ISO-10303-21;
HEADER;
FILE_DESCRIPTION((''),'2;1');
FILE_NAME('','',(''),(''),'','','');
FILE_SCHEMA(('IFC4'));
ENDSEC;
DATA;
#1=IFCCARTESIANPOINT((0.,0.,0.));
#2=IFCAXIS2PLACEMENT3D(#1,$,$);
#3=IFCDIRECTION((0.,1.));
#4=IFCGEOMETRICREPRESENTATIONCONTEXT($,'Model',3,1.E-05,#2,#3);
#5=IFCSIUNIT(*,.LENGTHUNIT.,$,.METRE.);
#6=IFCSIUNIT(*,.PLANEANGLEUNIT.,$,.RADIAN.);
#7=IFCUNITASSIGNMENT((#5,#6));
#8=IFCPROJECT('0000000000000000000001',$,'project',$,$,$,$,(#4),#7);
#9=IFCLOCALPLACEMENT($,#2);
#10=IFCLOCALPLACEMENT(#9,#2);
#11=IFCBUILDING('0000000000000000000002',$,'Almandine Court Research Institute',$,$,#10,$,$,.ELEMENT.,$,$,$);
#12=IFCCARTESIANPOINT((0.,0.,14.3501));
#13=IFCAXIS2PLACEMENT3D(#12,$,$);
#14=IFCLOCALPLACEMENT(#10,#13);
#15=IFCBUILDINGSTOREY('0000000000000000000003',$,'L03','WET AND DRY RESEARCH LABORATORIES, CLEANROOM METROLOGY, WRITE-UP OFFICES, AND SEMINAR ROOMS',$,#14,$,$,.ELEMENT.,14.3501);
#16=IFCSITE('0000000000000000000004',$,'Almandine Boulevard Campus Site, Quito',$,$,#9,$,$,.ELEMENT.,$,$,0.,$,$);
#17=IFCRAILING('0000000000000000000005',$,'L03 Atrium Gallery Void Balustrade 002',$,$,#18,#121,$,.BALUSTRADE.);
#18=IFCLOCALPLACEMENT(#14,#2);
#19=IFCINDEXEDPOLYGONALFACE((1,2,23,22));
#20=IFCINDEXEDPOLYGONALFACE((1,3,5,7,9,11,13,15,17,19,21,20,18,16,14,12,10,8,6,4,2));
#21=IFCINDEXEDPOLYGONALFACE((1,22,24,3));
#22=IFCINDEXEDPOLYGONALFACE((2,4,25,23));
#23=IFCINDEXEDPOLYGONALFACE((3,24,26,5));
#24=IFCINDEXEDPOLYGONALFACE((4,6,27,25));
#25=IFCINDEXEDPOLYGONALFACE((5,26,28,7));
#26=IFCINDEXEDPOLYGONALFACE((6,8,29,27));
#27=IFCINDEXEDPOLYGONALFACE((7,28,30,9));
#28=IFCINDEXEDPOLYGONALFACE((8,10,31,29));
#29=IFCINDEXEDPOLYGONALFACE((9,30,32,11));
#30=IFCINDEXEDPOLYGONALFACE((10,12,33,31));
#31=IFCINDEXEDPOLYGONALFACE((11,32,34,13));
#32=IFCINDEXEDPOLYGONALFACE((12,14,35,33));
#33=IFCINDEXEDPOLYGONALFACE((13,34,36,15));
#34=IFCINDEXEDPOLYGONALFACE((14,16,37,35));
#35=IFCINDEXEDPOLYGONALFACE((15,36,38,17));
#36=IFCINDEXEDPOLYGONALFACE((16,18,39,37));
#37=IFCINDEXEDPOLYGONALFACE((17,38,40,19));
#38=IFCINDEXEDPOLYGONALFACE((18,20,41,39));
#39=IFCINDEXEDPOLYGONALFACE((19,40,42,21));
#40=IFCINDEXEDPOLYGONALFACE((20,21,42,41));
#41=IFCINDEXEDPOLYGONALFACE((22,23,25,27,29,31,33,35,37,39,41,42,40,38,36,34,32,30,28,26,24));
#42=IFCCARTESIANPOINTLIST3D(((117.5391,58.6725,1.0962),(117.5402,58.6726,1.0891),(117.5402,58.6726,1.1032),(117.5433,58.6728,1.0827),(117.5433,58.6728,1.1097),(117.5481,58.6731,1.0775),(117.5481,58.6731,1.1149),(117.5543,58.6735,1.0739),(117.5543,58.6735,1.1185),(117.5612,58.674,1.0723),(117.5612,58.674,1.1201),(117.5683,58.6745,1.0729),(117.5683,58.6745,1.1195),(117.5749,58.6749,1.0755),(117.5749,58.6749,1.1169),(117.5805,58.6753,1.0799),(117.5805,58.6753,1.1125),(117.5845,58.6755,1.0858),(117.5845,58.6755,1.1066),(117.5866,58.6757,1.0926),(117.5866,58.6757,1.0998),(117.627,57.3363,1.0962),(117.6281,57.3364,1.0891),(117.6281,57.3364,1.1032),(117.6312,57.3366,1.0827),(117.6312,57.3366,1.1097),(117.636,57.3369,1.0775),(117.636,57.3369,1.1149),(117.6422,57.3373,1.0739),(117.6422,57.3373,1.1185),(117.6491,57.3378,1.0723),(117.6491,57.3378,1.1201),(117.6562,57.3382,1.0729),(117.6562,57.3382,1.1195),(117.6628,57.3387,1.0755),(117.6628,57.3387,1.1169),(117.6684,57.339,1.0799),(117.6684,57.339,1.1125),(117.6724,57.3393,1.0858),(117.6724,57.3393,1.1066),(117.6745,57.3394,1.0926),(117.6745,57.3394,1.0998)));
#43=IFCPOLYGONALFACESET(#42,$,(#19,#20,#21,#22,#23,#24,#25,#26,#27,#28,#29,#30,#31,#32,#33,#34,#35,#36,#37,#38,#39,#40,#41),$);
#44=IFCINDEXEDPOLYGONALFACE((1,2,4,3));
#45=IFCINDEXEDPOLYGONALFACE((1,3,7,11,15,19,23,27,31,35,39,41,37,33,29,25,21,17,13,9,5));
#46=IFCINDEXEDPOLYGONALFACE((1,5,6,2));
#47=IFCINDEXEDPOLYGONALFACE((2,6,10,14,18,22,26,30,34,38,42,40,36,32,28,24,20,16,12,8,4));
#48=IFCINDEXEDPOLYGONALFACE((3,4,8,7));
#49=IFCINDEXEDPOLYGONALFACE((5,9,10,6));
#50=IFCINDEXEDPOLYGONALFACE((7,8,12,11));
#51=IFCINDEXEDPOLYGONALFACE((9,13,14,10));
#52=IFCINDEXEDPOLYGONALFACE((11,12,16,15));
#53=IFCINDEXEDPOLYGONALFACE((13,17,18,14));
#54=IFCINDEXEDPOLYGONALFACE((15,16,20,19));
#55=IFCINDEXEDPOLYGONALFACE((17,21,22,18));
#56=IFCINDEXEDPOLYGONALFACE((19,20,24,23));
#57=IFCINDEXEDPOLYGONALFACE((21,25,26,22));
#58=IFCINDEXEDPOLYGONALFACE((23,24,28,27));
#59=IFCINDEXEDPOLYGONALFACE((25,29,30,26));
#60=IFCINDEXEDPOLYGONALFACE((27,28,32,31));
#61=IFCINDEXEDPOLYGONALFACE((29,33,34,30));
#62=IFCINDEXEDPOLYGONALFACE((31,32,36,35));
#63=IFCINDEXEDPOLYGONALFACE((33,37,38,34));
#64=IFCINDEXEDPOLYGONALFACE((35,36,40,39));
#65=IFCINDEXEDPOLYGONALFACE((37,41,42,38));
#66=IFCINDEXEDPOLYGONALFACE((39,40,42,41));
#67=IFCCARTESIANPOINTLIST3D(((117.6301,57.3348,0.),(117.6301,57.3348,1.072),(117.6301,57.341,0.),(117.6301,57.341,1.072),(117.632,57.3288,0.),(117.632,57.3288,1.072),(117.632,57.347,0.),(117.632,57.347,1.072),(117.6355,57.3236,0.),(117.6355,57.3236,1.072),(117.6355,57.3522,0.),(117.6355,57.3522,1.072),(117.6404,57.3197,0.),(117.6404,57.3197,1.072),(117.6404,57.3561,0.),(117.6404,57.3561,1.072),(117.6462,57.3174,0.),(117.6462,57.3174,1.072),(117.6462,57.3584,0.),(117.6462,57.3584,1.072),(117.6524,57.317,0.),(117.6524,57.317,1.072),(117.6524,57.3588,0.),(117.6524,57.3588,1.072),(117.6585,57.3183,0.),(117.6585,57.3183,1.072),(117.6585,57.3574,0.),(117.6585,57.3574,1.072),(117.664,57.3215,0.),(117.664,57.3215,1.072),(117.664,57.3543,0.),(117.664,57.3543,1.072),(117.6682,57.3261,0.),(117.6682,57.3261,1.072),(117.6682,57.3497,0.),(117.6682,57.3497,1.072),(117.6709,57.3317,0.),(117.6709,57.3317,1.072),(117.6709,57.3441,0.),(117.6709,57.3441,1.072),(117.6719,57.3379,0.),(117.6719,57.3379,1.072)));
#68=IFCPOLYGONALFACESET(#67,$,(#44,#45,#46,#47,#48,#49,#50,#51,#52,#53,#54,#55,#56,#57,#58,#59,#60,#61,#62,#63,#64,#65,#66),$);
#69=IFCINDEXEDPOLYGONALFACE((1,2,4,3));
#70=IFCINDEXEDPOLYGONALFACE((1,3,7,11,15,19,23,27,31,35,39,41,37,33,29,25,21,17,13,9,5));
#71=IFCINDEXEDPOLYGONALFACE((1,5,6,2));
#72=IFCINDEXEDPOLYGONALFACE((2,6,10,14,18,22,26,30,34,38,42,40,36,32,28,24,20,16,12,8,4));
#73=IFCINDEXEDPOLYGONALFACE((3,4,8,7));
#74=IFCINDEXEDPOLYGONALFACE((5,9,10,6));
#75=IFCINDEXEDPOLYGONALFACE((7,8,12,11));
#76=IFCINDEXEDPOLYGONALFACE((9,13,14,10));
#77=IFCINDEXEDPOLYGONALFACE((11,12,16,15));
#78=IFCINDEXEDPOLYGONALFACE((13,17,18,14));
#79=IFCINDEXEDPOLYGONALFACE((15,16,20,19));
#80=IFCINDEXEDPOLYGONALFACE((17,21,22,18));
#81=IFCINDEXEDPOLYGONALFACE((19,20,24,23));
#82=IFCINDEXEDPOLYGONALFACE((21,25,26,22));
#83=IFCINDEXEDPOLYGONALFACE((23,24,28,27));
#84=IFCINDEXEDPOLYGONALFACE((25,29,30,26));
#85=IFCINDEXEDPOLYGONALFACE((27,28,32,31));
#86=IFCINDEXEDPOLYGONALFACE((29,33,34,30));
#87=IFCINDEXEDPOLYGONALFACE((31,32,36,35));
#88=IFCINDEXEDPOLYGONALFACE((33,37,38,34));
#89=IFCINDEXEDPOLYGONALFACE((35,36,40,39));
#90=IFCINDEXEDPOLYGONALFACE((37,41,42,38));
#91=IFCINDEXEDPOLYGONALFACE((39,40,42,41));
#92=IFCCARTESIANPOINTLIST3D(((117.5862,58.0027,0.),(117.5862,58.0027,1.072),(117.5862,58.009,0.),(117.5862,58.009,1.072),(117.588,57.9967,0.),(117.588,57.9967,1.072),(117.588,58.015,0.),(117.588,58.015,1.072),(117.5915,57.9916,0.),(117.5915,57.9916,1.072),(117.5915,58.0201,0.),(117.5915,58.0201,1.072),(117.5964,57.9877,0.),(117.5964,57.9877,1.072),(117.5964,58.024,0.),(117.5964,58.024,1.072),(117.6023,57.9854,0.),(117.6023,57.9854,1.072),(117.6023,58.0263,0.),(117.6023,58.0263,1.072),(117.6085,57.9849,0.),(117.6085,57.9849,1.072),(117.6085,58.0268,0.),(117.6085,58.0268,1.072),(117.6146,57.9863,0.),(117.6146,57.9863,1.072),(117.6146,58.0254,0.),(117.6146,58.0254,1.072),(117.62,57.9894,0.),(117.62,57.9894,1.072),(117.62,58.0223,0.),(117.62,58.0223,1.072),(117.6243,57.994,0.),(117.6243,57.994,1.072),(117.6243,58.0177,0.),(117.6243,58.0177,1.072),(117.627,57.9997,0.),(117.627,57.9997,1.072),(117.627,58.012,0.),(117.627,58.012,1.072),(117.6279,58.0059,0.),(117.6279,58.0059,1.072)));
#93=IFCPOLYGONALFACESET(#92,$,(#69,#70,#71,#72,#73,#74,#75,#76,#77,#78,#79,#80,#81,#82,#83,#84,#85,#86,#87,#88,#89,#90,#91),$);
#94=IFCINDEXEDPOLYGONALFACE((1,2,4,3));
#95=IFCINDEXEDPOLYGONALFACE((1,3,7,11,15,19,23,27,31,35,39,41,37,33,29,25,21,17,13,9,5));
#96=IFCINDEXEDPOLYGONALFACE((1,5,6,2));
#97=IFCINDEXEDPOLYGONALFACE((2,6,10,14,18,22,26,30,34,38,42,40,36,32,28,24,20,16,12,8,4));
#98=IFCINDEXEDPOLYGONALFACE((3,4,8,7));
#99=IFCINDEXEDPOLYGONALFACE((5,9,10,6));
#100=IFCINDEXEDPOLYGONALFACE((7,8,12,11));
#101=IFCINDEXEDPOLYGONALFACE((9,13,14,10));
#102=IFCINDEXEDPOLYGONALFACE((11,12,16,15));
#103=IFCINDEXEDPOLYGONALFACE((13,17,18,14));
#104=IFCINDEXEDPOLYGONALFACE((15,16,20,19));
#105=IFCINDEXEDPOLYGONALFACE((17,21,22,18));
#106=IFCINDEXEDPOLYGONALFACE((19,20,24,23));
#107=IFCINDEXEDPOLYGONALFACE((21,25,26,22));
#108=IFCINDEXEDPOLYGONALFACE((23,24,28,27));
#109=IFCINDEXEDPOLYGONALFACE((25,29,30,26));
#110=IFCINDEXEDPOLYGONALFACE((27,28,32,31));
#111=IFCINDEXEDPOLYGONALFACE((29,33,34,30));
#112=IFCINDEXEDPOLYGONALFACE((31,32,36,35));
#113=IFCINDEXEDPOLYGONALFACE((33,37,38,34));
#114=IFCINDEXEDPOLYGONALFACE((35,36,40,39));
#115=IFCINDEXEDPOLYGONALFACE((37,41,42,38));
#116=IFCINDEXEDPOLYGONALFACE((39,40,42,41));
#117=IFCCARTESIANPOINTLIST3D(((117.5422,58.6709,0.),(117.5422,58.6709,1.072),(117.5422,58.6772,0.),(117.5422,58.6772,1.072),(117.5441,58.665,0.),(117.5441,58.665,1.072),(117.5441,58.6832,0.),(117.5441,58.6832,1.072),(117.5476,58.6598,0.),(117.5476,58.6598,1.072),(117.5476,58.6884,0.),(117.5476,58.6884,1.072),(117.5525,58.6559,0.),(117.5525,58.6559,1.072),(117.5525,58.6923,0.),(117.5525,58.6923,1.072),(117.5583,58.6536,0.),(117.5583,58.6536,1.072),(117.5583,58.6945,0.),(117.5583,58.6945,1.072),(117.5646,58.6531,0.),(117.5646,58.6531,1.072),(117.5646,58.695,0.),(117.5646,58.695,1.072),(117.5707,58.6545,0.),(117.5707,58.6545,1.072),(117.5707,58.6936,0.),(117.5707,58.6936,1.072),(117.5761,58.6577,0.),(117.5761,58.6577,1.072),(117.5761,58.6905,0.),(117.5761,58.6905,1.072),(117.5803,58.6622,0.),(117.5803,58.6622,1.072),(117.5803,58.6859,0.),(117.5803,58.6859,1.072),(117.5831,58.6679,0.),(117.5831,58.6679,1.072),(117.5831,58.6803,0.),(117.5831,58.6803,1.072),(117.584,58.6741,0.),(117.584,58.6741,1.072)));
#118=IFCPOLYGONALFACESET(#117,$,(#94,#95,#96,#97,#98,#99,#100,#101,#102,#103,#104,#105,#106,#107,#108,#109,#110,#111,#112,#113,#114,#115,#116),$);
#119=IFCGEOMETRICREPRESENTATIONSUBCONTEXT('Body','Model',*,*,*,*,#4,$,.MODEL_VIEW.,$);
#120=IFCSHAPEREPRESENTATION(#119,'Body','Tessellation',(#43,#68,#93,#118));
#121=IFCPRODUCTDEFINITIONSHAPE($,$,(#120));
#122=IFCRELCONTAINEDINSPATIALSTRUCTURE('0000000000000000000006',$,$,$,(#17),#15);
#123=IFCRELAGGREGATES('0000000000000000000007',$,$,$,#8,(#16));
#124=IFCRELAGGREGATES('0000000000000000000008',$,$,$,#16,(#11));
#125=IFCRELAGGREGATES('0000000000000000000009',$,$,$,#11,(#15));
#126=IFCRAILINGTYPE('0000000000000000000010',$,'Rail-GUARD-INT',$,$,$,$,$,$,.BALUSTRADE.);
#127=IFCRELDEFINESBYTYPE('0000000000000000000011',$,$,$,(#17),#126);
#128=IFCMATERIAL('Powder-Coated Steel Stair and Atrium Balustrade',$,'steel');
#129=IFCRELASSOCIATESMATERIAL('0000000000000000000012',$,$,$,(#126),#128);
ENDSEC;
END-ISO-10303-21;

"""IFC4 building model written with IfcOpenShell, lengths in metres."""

from ifc_helpers import new_model, si_unit, direction, frame, origin, origin_2d, place, context, subcontext, project, spatial, circle, extrude, material, type_object, element, save


model = new_model("IFC4")

# Units and contexts
model_context = context("Model", 3, precision=1e-05, world=origin(), true_north=direction((0.0, 1.0)))
body_context = subcontext(model_context, "Body", "Model", "MODEL_VIEW")
ifc_project = project(units=[si_unit("LENGTHUNIT", "METRE"), si_unit("PLANEANGLEUNIT", "RADIAN")], contexts=[model_context])

# Site, building, storey
site_placement = place(None, origin())
site = spatial("IfcSite", under=ifc_project, at=site_placement, Name="Almandine Boulevard Campus Site, Quito", CompositionType="ELEMENT", RefElevation=0.0)
building_placement = place(site_placement, origin())
building = spatial("IfcBuilding", under=site, at=building_placement, Name="Almandine Court Research Institute", CompositionType="ELEMENT")
storey_placement = place(building_placement, frame((0.0, 0.0, 14.3501)))
storey = spatial("IfcBuildingStorey", under=building, at=storey_placement, Name="L03", Description="WET AND DRY RESEARCH LABORATORIES, CLEANROOM METROLOGY, WRITE-UP OFFICES, AND SEMINAR ROOMS", CompositionType="ELEMENT", Elevation=14.3501)

# Railing
ifc_material_1 = material(Name="Powder-Coated Steel Stair and Atrium Balustrade", Category="steel")
railing_type_1 = type_object("IfcRailingType", Name="Rail-GUARD-INT", PredefinedType="BALUSTRADE", material=ifc_material_1)
railing_1_placement = place(storey_placement, frame((117.6509, 57.3379, 0.0)))
element("IfcRailing", 1, at=railing_1_placement, inside=storey, type_object=railing_type_1, Name="L03 Atrium Gallery Void Balustrade 002", PredefinedType="BALUSTRADE", context=body_context, shape_type="SweptSolid", body=[
    extrude(circle(Radius=0.0239, at=origin_2d()), frame((0.0, 0.0, 1.0962), z_axis=(-0.065636, 0.997844, 0.0), x_axis=(-0.997844, -0.065636, 0.0)), (0.0, 0.0, 1.0), 1.3391),
    extrude(circle(Radius=0.021, at=origin_2d()), origin(), (0.0, 0.0, 1.0), 1.072),
    extrude(circle(Radius=0.021, at=origin_2d()), frame((-0.0439, 0.668, 0.0)), (0.0, 0.0, 1.0), 1.072),
    extrude(circle(Radius=0.021, at=origin_2d()), frame((-0.0879, 1.3362, 0.0)), (0.0, 0.0, 1.0), 1.072),
])

save(model, "model.ifc")
